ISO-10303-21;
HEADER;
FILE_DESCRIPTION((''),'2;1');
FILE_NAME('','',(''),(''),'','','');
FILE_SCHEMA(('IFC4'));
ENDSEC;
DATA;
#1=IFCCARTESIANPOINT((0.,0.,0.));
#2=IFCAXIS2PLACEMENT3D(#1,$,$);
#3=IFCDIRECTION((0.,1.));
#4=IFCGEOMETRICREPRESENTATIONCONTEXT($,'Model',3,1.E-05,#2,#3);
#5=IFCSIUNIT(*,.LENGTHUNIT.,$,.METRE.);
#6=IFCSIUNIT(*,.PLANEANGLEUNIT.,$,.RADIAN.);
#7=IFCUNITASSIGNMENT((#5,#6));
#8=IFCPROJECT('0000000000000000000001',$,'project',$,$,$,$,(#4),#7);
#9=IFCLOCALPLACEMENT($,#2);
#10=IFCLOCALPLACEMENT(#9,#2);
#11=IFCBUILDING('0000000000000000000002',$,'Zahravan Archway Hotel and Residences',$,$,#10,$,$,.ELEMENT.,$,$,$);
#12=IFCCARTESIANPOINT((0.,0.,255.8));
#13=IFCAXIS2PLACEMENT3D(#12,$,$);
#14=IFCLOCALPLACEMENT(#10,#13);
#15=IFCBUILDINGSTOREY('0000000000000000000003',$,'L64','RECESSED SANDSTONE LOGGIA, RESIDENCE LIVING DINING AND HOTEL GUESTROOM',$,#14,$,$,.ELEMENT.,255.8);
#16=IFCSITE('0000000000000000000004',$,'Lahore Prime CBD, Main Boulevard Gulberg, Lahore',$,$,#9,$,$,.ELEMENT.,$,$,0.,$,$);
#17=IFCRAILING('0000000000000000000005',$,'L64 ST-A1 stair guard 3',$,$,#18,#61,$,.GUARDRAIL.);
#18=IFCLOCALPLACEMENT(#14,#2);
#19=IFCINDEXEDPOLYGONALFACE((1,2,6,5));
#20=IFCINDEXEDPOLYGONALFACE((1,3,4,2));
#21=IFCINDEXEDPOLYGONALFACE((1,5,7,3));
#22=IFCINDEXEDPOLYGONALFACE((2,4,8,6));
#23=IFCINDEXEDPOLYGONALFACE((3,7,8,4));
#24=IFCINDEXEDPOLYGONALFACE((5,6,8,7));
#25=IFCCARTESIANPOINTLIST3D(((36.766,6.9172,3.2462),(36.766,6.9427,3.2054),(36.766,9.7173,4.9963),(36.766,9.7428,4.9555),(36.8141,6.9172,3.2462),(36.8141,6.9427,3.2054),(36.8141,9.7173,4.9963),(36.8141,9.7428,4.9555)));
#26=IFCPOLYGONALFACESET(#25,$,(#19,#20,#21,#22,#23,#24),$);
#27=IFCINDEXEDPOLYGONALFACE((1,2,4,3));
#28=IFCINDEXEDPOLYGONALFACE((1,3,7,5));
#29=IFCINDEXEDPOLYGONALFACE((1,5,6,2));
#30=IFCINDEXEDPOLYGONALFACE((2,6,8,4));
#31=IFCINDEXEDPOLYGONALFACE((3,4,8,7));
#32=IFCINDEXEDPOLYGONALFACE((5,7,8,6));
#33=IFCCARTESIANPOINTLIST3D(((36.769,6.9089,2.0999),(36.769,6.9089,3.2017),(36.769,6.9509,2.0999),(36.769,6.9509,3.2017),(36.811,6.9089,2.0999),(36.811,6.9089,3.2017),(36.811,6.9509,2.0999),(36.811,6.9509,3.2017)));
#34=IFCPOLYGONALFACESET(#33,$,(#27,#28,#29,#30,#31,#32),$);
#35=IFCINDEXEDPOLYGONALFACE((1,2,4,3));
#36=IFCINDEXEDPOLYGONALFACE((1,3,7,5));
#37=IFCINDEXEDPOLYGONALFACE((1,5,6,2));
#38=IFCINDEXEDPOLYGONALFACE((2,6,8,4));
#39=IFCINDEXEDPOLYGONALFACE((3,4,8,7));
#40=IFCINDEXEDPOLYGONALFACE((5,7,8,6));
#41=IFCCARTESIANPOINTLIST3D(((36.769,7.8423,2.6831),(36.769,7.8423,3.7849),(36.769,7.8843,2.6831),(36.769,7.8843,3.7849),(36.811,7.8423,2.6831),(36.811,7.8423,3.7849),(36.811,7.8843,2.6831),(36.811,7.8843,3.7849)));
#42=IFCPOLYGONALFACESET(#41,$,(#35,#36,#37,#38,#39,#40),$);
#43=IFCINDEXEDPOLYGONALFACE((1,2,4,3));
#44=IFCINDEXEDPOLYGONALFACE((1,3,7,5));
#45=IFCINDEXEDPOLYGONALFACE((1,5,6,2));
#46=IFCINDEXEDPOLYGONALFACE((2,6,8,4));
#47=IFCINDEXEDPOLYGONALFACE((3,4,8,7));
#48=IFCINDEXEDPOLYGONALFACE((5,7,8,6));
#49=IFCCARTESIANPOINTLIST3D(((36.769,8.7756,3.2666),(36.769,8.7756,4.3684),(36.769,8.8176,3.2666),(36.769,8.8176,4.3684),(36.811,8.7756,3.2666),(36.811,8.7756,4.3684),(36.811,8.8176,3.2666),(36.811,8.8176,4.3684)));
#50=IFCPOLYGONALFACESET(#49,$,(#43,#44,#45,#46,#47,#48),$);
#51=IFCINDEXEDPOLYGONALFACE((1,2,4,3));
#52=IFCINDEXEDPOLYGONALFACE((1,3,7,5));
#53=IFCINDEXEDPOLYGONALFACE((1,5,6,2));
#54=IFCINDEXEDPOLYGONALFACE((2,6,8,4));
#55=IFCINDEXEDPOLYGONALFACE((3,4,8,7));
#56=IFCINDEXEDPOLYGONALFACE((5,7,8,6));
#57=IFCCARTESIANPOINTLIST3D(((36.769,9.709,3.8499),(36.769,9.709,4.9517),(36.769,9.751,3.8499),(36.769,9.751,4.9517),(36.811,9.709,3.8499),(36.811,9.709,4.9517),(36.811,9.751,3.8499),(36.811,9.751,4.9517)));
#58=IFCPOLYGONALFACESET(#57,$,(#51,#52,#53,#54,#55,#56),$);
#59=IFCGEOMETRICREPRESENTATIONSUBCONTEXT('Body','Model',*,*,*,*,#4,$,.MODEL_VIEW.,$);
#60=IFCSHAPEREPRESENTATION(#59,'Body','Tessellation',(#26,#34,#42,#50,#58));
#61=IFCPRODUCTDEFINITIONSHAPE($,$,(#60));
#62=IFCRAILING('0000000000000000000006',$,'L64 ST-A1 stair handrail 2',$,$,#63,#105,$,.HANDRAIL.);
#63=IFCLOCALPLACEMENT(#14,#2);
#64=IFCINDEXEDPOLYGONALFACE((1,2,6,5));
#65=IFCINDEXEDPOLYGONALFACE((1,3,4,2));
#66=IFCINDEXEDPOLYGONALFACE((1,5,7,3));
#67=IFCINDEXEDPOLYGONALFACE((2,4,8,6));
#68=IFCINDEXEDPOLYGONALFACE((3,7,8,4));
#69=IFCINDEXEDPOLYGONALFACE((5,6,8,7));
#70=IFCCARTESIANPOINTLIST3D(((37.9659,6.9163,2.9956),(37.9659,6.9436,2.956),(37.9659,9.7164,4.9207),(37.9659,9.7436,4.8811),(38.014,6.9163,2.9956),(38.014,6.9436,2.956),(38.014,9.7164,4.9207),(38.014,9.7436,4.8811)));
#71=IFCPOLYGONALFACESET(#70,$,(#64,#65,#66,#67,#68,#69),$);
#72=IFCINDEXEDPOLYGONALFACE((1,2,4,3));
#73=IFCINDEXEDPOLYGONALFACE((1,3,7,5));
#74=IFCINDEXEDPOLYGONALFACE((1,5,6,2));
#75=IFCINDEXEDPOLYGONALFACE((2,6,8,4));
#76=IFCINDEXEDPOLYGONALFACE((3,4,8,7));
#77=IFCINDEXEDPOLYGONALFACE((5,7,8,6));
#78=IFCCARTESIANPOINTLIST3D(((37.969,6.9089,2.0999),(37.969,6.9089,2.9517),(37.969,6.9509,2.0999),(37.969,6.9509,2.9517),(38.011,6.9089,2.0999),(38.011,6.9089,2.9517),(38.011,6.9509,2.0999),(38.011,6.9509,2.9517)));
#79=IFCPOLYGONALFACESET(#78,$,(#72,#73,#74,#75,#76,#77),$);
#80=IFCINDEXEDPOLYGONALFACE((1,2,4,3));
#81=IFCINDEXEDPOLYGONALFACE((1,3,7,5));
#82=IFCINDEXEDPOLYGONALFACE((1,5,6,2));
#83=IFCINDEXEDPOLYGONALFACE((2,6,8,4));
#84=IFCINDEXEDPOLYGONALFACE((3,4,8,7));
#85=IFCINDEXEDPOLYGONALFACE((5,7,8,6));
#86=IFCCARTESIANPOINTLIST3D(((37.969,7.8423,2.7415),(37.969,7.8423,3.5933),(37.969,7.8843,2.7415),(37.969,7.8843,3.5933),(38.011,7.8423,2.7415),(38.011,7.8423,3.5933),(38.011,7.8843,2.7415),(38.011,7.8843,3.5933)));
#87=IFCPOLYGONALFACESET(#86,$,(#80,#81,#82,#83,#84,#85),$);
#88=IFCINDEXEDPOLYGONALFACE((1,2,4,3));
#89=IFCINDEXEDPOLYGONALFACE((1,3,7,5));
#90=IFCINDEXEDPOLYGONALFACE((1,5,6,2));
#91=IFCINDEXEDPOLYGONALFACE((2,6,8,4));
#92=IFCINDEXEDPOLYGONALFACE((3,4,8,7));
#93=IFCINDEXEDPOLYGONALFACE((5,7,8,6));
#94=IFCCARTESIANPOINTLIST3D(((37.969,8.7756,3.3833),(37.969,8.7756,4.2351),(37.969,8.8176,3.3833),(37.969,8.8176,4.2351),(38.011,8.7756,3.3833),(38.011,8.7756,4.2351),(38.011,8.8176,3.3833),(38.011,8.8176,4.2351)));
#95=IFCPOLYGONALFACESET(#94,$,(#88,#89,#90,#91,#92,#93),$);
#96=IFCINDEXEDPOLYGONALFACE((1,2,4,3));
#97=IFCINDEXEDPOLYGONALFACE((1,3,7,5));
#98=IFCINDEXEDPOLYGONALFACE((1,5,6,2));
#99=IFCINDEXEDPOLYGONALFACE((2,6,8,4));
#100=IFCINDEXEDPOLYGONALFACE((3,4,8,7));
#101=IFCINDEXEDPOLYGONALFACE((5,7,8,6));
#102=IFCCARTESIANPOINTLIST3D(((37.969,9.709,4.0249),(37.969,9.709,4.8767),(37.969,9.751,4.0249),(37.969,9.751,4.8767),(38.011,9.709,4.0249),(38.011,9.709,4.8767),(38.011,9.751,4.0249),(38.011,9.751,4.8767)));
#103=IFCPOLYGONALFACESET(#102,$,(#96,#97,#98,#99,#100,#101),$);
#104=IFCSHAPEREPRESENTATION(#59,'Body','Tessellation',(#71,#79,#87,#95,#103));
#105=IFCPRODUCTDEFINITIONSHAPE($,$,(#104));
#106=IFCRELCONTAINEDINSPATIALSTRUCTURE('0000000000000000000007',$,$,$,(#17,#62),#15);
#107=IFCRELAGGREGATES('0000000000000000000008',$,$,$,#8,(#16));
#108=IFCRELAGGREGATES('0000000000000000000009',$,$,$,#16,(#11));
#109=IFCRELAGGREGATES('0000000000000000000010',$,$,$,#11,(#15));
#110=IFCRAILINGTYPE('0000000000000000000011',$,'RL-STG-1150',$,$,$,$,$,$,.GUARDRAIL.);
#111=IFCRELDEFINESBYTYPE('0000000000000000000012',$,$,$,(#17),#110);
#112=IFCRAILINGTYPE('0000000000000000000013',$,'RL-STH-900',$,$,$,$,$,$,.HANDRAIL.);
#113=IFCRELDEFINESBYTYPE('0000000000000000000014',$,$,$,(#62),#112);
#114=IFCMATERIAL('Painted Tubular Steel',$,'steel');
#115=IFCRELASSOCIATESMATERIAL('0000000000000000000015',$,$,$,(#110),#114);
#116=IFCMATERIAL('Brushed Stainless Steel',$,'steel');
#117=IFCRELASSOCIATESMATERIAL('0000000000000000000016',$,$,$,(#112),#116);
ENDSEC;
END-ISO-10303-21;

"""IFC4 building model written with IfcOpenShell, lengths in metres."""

from ifc_helpers import new_model, si_unit, direction, frame, origin, origin_2d, place, context, subcontext, project, spatial, rectangle, extrude, material, type_object, element, save


model = new_model("IFC4")

# Units and contexts
model_context = context("Model", 3, precision=1e-05, world=origin(), true_north=direction((0.0, 1.0)))
body_context = subcontext(model_context, "Body", "Model", "MODEL_VIEW")
ifc_project = project(units=[si_unit("LENGTHUNIT", "METRE"), si_unit("PLANEANGLEUNIT", "RADIAN")], contexts=[model_context])

# Site, building, storey
site_placement = place(None, origin())
site = spatial("IfcSite", under=ifc_project, at=site_placement, Name="Lahore Prime CBD, Main Boulevard Gulberg, Lahore", CompositionType="ELEMENT", RefElevation=0.0)
building_placement = place(site_placement, origin())
building = spatial("IfcBuilding", under=site, at=building_placement, Name="Zahravan Archway Hotel and Residences", CompositionType="ELEMENT")
storey_placement = place(building_placement, frame((0.0, 0.0, 255.8)))
storey = spatial("IfcBuildingStorey", under=building, at=storey_placement, Name="L64", Description="RECESSED SANDSTONE LOGGIA, RESIDENCE LIVING DINING AND HOTEL GUESTROOM", CompositionType="ELEMENT", Elevation=255.8)

# Railings
ifc_material_1 = material(Name="Painted Tubular Steel", Category="steel")
railing_type_1 = type_object("IfcRailingType", Name="RL-STG-1150", PredefinedType="GUARDRAIL", material=ifc_material_1)
railing_1_placement = place(storey_placement, frame((36.79, 6.9299, 2.0999)))
element("IfcRailing", 1, at=railing_1_placement, inside=storey, type_object=railing_type_1, Name="L64 ST-A1 stair guard 3", PredefinedType="GUARDRAIL", context=body_context, shape_type="SweptSolid", body=[
    extrude(rectangle(XDim=0.0481, YDim=0.0481, at=origin_2d()), frame((0.0, 0.0, 1.126), z_axis=(0.0, 0.848002, 0.529992), x_axis=(-1.0, 0.0, 0.0)), (0.0, 0.0, 1.0), 3.302),
    extrude(rectangle(XDim=0.042, YDim=0.042, at=origin_2d()), origin(), (0.0, 0.0, 1.0), 1.1018),
    extrude(rectangle(XDim=0.042, YDim=0.042, at=origin_2d()), frame((0.0, 0.9333, 0.5833)), (0.0, 0.0, 1.0), 1.1018),
    extrude(rectangle(XDim=0.042, YDim=0.042, at=origin_2d()), frame((0.0, 1.8667, 1.1667)), (0.0, 0.0, 1.0), 1.1018),
    extrude(rectangle(XDim=0.042, YDim=0.042, at=origin_2d()), frame((0.0, 2.8, 1.75)), (0.0, 0.0, 1.0), 1.1018),
])
ifc_material_2 = material(Name="Brushed Stainless Steel", Category="steel")
railing_type_2 = type_object("IfcRailingType", Name="RL-STH-900", PredefinedType="HANDRAIL", material=ifc_material_2)
railing_2_placement = place(storey_placement, frame((37.99, 6.9299, 2.0999)))
element("IfcRailing", 2, at=railing_2_placement, inside=storey, type_object=railing_type_2, Name="L64 ST-A1 stair handrail 2", PredefinedType="HANDRAIL", context=body_context, shape_type="SweptSolid", body=[
    extrude(rectangle(XDim=0.0481, YDim=0.0481, at=origin_2d()), frame((0.0, 0.0, 0.876), z_axis=(0.0, 0.82404, 0.566532), x_axis=(-1.0, 0.0, 0.0)), (0.0, 0.0, 1.0), 3.3979),
    extrude(rectangle(XDim=0.042, YDim=0.042, at=origin_2d()), origin(), (0.0, 0.0, 1.0), 0.8518),
    extrude(rectangle(XDim=0.042, YDim=0.042, at=origin_2d()), frame((0.0, 0.9333, 0.6416)), (0.0, 0.0, 1.0), 0.8518),
    extrude(rectangle(XDim=0.042, YDim=0.042, at=origin_2d()), frame((0.0, 1.8667, 1.2834)), (0.0, 0.0, 1.0), 0.8518),
    extrude(rectangle(XDim=0.042, YDim=0.042, at=origin_2d()), frame((0.0, 2.8, 1.925)), (0.0, 0.0, 1.0), 0.8518),
])

save(model, "model.ifc")
